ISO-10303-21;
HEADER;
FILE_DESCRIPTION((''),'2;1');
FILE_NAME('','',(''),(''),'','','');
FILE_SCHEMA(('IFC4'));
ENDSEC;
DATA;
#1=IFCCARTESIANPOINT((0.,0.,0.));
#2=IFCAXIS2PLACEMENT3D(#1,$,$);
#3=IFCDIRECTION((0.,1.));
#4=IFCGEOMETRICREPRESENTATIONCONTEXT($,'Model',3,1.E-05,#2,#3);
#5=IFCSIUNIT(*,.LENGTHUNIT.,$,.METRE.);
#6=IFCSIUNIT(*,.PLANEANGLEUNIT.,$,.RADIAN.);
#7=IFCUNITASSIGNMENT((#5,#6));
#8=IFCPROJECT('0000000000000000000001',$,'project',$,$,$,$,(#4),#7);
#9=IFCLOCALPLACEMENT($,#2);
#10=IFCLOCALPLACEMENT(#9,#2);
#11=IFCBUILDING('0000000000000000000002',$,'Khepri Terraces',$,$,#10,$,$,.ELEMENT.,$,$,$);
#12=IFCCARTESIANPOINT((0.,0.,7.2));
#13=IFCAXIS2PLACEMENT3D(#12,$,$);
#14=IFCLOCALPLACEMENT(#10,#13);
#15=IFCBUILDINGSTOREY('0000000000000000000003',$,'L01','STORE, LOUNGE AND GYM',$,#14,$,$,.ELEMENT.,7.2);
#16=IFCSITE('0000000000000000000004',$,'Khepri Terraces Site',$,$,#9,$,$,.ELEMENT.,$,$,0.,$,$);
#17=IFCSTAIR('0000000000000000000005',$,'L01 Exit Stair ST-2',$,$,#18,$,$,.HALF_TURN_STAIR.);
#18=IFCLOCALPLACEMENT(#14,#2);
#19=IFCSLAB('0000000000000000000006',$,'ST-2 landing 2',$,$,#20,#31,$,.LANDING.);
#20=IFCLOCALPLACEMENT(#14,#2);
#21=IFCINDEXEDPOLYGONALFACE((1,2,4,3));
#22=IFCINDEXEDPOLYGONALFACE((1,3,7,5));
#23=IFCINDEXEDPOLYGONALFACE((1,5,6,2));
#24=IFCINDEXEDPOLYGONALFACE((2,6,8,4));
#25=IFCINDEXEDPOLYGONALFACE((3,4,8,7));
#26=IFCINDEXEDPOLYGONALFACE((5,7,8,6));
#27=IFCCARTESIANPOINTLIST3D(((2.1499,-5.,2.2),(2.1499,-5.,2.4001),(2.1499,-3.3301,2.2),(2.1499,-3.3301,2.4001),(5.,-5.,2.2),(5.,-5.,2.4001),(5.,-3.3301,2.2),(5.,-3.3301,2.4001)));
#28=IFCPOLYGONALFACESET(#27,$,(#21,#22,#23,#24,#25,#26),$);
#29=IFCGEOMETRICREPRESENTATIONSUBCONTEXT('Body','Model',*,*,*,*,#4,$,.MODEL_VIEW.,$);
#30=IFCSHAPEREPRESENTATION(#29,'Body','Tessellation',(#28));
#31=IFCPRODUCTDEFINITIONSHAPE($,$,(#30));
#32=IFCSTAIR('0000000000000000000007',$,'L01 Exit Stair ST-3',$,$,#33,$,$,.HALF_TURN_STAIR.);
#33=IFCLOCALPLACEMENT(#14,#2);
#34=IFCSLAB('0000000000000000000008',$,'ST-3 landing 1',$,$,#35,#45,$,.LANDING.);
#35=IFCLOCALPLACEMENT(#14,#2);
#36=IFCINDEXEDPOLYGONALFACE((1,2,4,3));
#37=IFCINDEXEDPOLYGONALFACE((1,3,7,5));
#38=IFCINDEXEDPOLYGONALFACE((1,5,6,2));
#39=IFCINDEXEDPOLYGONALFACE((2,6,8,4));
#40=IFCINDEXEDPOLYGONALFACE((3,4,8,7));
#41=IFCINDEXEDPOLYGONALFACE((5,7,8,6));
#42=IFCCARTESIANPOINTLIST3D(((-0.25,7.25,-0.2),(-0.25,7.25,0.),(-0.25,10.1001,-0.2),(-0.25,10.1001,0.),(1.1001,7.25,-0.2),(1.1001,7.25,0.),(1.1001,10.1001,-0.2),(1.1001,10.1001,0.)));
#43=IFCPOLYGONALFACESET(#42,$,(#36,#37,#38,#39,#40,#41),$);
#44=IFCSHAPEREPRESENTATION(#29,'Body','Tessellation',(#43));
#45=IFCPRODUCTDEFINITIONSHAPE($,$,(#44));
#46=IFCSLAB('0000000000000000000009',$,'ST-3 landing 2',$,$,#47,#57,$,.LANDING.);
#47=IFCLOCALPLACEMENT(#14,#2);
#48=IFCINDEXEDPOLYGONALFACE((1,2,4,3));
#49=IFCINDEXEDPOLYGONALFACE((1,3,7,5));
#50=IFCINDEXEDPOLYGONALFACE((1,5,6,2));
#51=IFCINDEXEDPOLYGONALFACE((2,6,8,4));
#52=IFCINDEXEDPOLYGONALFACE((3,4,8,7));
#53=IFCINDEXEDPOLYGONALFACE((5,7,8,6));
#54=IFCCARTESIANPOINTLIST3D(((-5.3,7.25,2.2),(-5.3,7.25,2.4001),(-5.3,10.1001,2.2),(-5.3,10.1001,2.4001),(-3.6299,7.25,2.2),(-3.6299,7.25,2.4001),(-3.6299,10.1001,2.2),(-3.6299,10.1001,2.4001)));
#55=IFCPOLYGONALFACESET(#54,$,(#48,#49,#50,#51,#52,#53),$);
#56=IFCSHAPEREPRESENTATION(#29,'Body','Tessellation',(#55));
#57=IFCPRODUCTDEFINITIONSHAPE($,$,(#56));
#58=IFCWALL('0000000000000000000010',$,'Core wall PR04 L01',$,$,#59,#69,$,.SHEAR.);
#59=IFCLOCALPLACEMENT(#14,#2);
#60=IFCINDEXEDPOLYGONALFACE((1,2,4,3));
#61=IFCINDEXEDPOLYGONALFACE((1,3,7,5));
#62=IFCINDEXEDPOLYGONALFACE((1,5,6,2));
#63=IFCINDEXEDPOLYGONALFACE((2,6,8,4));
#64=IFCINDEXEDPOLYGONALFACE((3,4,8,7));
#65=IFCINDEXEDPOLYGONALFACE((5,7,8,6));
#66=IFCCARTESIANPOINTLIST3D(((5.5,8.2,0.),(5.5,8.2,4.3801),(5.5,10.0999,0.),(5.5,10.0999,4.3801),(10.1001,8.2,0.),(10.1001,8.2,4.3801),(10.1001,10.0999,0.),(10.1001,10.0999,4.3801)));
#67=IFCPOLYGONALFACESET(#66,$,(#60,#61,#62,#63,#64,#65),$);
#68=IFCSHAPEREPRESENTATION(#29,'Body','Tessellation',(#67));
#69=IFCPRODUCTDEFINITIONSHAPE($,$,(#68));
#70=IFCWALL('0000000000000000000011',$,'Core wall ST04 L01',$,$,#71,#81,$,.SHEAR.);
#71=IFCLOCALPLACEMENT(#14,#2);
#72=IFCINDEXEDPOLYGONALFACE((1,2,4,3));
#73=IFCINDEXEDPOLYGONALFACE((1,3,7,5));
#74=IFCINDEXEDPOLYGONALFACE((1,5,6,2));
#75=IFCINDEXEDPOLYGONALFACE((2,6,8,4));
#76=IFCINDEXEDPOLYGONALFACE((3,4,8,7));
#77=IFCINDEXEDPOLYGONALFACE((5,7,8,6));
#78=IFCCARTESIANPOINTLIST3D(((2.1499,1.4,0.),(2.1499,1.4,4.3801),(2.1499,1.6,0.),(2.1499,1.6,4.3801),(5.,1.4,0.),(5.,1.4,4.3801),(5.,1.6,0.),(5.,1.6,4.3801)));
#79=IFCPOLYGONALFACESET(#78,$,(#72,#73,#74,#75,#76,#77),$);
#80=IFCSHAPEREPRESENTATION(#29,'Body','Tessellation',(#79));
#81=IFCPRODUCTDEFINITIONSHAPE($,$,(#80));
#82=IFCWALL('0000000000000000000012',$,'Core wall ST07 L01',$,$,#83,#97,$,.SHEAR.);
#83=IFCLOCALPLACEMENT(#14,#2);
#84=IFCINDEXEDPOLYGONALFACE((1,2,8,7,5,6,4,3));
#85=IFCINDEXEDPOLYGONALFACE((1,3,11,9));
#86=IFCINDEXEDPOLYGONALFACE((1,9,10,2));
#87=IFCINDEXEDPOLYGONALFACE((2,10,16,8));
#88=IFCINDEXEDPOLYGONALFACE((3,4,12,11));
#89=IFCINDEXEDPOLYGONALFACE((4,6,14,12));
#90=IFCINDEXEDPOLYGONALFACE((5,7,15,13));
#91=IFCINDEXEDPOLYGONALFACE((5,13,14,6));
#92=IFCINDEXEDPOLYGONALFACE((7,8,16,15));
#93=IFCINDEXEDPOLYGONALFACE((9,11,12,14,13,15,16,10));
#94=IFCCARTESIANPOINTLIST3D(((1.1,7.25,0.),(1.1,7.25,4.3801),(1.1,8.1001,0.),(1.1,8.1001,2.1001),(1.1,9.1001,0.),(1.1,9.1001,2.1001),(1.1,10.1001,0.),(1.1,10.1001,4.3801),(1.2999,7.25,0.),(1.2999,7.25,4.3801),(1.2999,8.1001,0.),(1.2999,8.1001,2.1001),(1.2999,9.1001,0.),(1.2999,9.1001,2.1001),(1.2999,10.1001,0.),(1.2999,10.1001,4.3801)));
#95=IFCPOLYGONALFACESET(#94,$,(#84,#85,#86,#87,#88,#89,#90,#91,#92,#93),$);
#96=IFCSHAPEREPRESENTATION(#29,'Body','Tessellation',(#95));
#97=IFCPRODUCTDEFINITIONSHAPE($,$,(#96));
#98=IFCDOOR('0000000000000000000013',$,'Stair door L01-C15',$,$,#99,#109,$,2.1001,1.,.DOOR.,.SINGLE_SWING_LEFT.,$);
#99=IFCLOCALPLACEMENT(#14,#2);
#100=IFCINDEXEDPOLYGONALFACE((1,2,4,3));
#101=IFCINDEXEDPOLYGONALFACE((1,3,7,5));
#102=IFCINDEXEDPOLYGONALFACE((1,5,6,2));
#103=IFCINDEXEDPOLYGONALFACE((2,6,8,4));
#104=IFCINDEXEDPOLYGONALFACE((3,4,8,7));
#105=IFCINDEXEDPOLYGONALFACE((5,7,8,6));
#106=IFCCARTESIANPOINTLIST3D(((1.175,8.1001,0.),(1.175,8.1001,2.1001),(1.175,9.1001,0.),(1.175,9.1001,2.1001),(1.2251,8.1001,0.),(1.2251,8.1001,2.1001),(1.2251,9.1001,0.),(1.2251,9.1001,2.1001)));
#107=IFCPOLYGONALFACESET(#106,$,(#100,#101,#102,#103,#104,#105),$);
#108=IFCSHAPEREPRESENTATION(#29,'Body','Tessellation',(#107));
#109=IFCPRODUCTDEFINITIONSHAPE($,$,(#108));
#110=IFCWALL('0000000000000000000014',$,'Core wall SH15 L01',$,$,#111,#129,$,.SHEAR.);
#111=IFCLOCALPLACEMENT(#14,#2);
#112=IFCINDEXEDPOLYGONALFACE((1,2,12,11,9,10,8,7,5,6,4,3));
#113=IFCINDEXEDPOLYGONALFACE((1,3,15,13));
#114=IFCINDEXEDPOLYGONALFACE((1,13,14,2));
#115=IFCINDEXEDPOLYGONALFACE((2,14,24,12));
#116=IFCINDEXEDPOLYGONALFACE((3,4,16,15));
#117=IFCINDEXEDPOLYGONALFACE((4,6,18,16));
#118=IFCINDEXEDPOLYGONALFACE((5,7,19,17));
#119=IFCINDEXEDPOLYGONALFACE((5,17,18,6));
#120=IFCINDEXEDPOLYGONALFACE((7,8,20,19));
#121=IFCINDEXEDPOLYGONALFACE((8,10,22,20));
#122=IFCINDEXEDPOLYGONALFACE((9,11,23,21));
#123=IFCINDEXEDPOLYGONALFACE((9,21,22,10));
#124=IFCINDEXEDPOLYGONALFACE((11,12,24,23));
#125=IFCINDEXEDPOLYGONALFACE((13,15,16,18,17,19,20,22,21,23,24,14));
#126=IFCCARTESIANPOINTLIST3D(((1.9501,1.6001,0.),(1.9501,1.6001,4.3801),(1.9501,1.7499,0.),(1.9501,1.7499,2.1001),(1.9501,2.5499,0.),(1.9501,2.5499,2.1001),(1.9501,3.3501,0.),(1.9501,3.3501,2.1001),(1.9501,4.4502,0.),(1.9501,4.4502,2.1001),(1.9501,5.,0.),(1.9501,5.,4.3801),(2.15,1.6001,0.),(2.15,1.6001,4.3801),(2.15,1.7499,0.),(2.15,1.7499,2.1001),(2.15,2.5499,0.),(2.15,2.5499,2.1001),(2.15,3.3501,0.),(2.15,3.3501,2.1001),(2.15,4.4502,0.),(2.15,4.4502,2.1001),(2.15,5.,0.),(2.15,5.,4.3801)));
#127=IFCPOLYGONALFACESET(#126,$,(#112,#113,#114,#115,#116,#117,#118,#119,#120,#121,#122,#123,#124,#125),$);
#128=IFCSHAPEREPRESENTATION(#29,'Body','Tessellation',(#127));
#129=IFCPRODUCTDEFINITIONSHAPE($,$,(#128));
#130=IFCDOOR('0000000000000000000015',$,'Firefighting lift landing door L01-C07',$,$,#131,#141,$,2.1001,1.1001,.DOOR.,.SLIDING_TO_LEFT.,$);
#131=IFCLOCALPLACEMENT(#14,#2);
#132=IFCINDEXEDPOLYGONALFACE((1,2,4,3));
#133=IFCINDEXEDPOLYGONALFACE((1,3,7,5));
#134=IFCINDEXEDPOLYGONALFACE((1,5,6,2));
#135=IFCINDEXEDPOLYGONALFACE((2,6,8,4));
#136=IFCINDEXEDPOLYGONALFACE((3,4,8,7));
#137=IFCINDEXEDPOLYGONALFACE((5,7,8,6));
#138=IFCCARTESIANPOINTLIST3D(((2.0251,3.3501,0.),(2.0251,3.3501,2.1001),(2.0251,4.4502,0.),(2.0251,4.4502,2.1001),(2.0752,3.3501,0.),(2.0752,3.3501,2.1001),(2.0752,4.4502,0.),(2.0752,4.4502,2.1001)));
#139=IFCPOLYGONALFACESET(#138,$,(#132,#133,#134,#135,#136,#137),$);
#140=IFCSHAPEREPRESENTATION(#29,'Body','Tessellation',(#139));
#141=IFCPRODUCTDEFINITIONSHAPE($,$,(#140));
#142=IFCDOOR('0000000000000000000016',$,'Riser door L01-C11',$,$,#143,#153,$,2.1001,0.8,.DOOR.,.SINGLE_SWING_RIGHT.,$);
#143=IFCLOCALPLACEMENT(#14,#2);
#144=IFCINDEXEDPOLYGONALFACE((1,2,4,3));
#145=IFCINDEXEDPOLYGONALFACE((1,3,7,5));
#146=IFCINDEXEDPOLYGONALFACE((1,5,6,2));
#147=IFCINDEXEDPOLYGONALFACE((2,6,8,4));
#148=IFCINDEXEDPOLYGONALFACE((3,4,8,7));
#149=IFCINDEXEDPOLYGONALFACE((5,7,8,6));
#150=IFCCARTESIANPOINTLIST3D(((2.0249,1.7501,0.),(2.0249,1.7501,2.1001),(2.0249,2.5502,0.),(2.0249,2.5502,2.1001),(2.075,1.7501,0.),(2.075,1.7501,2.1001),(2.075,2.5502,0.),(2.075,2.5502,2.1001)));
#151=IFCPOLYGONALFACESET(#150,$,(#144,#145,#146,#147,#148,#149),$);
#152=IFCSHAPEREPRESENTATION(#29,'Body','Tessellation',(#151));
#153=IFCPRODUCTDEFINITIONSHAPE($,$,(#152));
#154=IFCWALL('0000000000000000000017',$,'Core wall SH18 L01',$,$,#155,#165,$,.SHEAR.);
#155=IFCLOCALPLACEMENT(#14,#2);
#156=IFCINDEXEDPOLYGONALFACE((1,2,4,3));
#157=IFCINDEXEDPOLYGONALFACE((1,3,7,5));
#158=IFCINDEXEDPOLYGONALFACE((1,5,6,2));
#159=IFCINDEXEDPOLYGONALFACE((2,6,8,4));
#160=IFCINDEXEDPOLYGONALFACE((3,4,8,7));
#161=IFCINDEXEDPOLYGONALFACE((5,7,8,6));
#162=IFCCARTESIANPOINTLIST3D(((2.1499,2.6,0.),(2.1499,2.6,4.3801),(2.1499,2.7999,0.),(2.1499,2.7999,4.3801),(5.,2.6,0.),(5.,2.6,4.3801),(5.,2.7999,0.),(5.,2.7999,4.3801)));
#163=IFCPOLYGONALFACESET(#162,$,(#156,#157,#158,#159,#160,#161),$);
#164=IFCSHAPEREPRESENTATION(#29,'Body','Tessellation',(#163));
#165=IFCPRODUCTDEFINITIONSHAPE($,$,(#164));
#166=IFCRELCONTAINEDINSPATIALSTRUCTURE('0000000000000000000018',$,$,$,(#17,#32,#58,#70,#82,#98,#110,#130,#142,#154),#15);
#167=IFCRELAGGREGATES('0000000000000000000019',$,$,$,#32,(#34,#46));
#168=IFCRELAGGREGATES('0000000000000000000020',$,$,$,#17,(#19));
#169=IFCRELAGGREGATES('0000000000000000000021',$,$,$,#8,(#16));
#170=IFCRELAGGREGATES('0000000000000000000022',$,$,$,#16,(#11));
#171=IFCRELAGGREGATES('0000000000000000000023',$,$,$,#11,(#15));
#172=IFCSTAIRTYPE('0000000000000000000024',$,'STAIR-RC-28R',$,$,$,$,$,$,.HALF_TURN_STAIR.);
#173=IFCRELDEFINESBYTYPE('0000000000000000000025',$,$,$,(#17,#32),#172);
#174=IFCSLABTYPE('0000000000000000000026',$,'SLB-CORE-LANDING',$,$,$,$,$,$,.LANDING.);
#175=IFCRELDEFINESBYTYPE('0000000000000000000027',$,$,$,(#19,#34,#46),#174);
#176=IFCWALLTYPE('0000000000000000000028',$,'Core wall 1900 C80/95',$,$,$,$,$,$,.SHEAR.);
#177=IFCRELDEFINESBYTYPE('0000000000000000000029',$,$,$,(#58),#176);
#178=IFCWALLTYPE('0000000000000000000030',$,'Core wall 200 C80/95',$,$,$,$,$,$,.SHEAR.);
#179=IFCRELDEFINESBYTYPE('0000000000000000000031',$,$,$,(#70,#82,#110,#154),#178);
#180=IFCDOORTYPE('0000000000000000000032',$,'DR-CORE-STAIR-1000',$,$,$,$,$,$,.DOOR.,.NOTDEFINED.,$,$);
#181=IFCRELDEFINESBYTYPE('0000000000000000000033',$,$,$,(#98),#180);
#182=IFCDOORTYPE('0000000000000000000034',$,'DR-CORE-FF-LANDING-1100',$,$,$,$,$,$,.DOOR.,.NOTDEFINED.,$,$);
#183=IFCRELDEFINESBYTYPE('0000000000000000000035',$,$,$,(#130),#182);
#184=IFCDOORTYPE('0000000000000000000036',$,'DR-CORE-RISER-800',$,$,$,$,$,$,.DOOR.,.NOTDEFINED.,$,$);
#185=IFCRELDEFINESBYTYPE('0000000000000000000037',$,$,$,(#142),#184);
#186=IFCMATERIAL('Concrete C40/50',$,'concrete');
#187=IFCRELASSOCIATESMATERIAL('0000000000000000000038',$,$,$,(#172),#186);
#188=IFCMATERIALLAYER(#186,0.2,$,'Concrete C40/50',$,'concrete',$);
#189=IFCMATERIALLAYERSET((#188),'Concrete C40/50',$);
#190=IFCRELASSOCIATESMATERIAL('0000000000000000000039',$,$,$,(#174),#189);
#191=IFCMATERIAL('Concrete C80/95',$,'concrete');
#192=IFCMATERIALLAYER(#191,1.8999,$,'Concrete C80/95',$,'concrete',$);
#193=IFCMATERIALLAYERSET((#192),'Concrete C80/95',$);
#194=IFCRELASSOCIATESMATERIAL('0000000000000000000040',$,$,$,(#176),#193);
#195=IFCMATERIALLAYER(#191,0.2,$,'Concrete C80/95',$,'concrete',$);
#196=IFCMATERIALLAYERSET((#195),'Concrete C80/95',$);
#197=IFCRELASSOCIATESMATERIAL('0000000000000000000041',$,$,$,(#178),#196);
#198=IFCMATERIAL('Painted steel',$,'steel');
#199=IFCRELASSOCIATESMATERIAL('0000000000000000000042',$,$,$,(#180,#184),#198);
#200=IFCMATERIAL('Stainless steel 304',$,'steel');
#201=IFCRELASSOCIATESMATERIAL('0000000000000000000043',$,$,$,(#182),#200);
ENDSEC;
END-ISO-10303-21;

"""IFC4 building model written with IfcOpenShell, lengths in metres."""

from ifc_helpers import new_model, si_unit, direction, frame, frame_2d, origin, place, context, subcontext, project, spatial, polyline, rectangle, outline, extrude, material, layer, layer_set, type_object, element, fill, aggregate, save


model = new_model("IFC4")

# Units and contexts
model_context = context("Model", 3, precision=1e-05, world=origin(), true_north=direction((0.0, 1.0)))
body_context = subcontext(model_context, "Body", "Model", "MODEL_VIEW")
ifc_project = project(units=[si_unit("LENGTHUNIT", "METRE"), si_unit("PLANEANGLEUNIT", "RADIAN")], contexts=[model_context])

# Site, building, storey
site_placement = place(None, origin())
site = spatial("IfcSite", under=ifc_project, at=site_placement, Name="Khepri Terraces Site", CompositionType="ELEMENT", RefElevation=0.0)
building_placement = place(site_placement, origin())
building = spatial("IfcBuilding", under=site, at=building_placement, Name="Khepri Terraces", CompositionType="ELEMENT")
storey_placement = place(building_placement, frame((0.0, 0.0, 7.2)))
storey = spatial("IfcBuildingStorey", under=building, at=storey_placement, Name="L01", Description="STORE, LOUNGE AND GYM", CompositionType="ELEMENT", Elevation=7.2)

# Shared definitions
ifc_material_1 = material(Name="Concrete C40/50", Category="concrete")

# Stairs, slabs
stair_type_1 = type_object("IfcStairType", Name="STAIR-RC-28R", PredefinedType="HALF_TURN_STAIR", material=ifc_material_1)
ifc_layer_1 = layer(ifc_material_1, 0.2, Name="Concrete C40/50", Category="concrete")
ifc_layer_set_1 = layer_set([ifc_layer_1], Name="Concrete C40/50")
slab_type_1 = type_object("IfcSlabType", Name="SLB-CORE-LANDING", PredefinedType="LANDING", material=ifc_layer_set_1)
stair_1_placement = place(storey_placement, origin())
stair_1 = element("IfcStair", 1, at=stair_1_placement, inside=storey, type_object=stair_type_1, Name="L01 Exit Stair ST-2", PredefinedType="HALF_TURN_STAIR")
slab_1_placement = place(storey_placement, frame((0.0, 0.0, 2.2)))
slab_1 = element("IfcSlab", 2, at=slab_1_placement, type_object=slab_type_1, Name="ST-2 landing 2", PredefinedType="LANDING", context=body_context, shape_type="SweptSolid", body=[
    extrude(outline(polyline([(2.1499, -3.3301), (2.1499, -5.0), (5.0, -5.0), (5.0, -3.3301), (2.1499, -3.3301)])), origin(), (0.0, 0.0, 1.0), 0.2002),
])
stair_2_placement = place(storey_placement, origin())
stair_2 = element("IfcStair", 3, at=stair_2_placement, inside=storey, type_object=stair_type_1, Name="L01 Exit Stair ST-3", PredefinedType="HALF_TURN_STAIR")
slab_2_placement = place(storey_placement, frame((0.0, 0.0, -0.2)))
slab_2 = element("IfcSlab", 4, at=slab_2_placement, type_object=slab_type_1, Name="ST-3 landing 1", PredefinedType="LANDING", context=body_context, shape_type="SweptSolid", body=[
    extrude(outline(polyline([(1.1001, 10.1001), (-0.25, 10.1001), (-0.25, 7.25), (1.1001, 7.25), (1.1001, 10.1001)])), origin(), (0.0, 0.0, 1.0), 0.2),
])
slab_3_placement = place(storey_placement, frame((0.0, 0.0, 2.2)))
slab_3 = element("IfcSlab", 5, at=slab_3_placement, type_object=slab_type_1, Name="ST-3 landing 2", PredefinedType="LANDING", context=body_context, shape_type="SweptSolid", body=[
    extrude(outline(polyline([(-3.6299, 10.1001), (-5.3, 10.1001), (-5.3, 7.25), (-3.6299, 7.25), (-3.6299, 10.1001)])), origin(), (0.0, 0.0, 1.0), 0.2002),
])
aggregate(stair_2, [slab_2, slab_3])

# Walls
ifc_material_2 = material(Name="Concrete C80/95", Category="concrete")
ifc_layer_2 = layer(ifc_material_2, 1.8999, Name="Concrete C80/95", Category="concrete")
ifc_layer_set_2 = layer_set([ifc_layer_2], Name="Concrete C80/95")
wall_type_1 = type_object("IfcWallType", Name="Core wall 1900 C80/95", PredefinedType="SHEAR", material=ifc_layer_set_2)
wall_1_placement = place(storey_placement, frame((5.5, 9.1499, 0.0), z_axis=(0.0, 0.0, 1.0), x_axis=(1.0, 0.0, 0.0)))
element("IfcWall", 6, at=wall_1_placement, inside=storey, type_object=wall_type_1, Name="Core wall PR04 L01", PredefinedType="SHEAR", context=body_context, shape_type="SweptSolid", body=[
    extrude(rectangle(XDim=4.6001, YDim=1.8999, at=frame_2d((2.3, 0.0))), origin(), (0.0, 0.0, 1.0), 4.3801),
])
ifc_layer_3 = layer(ifc_material_2, 0.2, Name="Concrete C80/95", Category="concrete")
ifc_layer_set_3 = layer_set([ifc_layer_3], Name="Concrete C80/95")
wall_type_2 = type_object("IfcWallType", Name="Core wall 200 C80/95", PredefinedType="SHEAR", material=ifc_layer_set_3)
wall_2_placement = place(storey_placement, frame((2.1499, 1.5, 0.0), z_axis=(0.0, 0.0, 1.0), x_axis=(1.0, 0.0, 0.0)))
element("IfcWall", 7, at=wall_2_placement, inside=storey, type_object=wall_type_2, Name="Core wall ST04 L01", PredefinedType="SHEAR", context=body_context, shape_type="SweptSolid", body=[
    extrude(rectangle(XDim=2.8501, YDim=0.2, at=frame_2d((1.425, 0.0))), origin(), (0.0, 0.0, 1.0), 4.3801),
])

# Wall, opening, door
wall_3_placement = place(storey_placement, frame((1.2, 7.25, 0.0), z_axis=(0.0, 0.0, 1.0), x_axis=(0.0, 1.0, 0.0)))
wall_3 = element("IfcWall", 8, at=wall_3_placement, inside=storey, type_object=wall_type_2, Name="Core wall ST07 L01", PredefinedType="SHEAR", context=body_context, shape_type="SweptSolid", body=[
    extrude(rectangle(XDim=2.8501, YDim=0.2, at=frame_2d((1.425, 0.0))), origin(), (0.0, 0.0, 1.0), 4.3801),
])
opening_1_placement = place(wall_3_placement, frame((0.8501, 0.0, 0.0)))
opening_1 = element("IfcOpeningElement", 9, at=opening_1_placement, cuts=wall_3, PredefinedType="OPENING", context=body_context, shape_type="SweptSolid", body=[
    extrude(rectangle(XDim=1.0, YDim=2.1001, at=frame_2d((0.5, 1.05))), frame((0.0, 0.1099, 0.0), z_axis=(0.0, -1.0, 0.0), x_axis=(1.0, 0.0, 0.0)), (0.0, 0.0, 1.0), 0.22),
])
ifc_material_3 = material(Name="Painted steel", Category="steel")
door_type_1 = type_object("IfcDoorType", Name="DR-CORE-STAIR-1000", OperationType="NOTDEFINED", PredefinedType="DOOR", material=ifc_material_3)
door_1_placement = place(opening_1_placement, origin())
door_1 = element("IfcDoor", 10, at=door_1_placement, inside=storey, type_object=door_type_1, Name="Stair door L01-C15", OperationType="SINGLE_SWING_LEFT", OverallHeight=2.1001, OverallWidth=1.0, PredefinedType="DOOR", context=body_context, shape_type="SweptSolid", body=[
    extrude(rectangle(XDim=1.0, YDim=2.1001, at=frame_2d((0.5, 1.05))), frame((0.0, 0.0249, 0.0), z_axis=(0.0, -1.0, 0.0), x_axis=(1.0, 0.0, 0.0)), (0.0, 0.0, 1.0), 0.05),
])
fill(opening_1, door_1)

# Wall, openings, doors
wall_4_placement = place(storey_placement, frame((2.05, 1.6001, 0.0), z_axis=(0.0, 0.0, 1.0), x_axis=(0.0, 1.0, 0.0)))
wall_4 = element("IfcWall", 11, at=wall_4_placement, inside=storey, type_object=wall_type_2, Name="Core wall SH15 L01", PredefinedType="SHEAR", context=body_context, shape_type="SweptSolid", body=[
    extrude(rectangle(XDim=3.3999, YDim=0.2, at=frame_2d((1.7, 0.0))), origin(), (0.0, 0.0, 1.0), 4.3801),
])
opening_2_placement = place(wall_4_placement, frame((1.75, 0.0, 0.0)))
opening_2 = element("IfcOpeningElement", 12, at=opening_2_placement, cuts=wall_4, PredefinedType="OPENING", context=body_context, shape_type="SweptSolid", body=[
    extrude(rectangle(XDim=1.1001, YDim=2.1001, at=frame_2d((0.55, 1.05))), frame((0.0, 0.1099, 0.0), z_axis=(0.0, -1.0, 0.0), x_axis=(1.0, 0.0, 0.0)), (0.0, 0.0, 1.0), 0.22),
])
opening_3_placement = place(wall_4_placement, frame((0.1499, 0.0, 0.0)))
opening_3 = element("IfcOpeningElement", 13, at=opening_3_placement, cuts=wall_4, PredefinedType="OPENING", context=body_context, shape_type="SweptSolid", body=[
    extrude(rectangle(XDim=0.8, YDim=2.1001, at=frame_2d((0.3999, 1.05))), frame((0.0, 0.1099, 0.0), z_axis=(0.0, -1.0, 0.0), x_axis=(1.0, 0.0, 0.0)), (0.0, 0.0, 1.0), 0.22),
])
ifc_material_4 = material(Name="Stainless steel 304", Category="steel")
door_type_2 = type_object("IfcDoorType", Name="DR-CORE-FF-LANDING-1100", OperationType="NOTDEFINED", PredefinedType="DOOR", material=ifc_material_4)
door_2_placement = place(opening_2_placement, origin())
door_2 = element("IfcDoor", 14, at=door_2_placement, inside=storey, type_object=door_type_2, Name="Firefighting lift landing door L01-C07", OperationType="SLIDING_TO_LEFT", OverallHeight=2.1001, OverallWidth=1.1001, PredefinedType="DOOR", context=body_context, shape_type="SweptSolid", body=[
    extrude(rectangle(XDim=1.1001, YDim=2.1001, at=frame_2d((0.55, 1.05))), frame((0.0, 0.0249, 0.0), z_axis=(0.0, -1.0, 0.0), x_axis=(1.0, 0.0, 0.0)), (0.0, 0.0, 1.0), 0.05),
])
fill(opening_2, door_2)
door_type_3 = type_object("IfcDoorType", Name="DR-CORE-RISER-800", OperationType="NOTDEFINED", PredefinedType="DOOR", material=ifc_material_3)
door_3_placement = place(opening_3_placement, frame((0.8, 0.0, 0.0), z_axis=(0.0, 0.0, 1.0), x_axis=(-1.0, 0.0, 0.0)))
door_3 = element("IfcDoor", 15, at=door_3_placement, inside=storey, type_object=door_type_3, Name="Riser door L01-C11", OperationType="SINGLE_SWING_RIGHT", OverallHeight=2.1001, OverallWidth=0.8, PredefinedType="DOOR", context=body_context, shape_type="SweptSolid", body=[
    extrude(rectangle(XDim=0.8, YDim=2.1001, at=frame_2d((0.3999, 1.05))), frame((0.0, 0.0249, 0.0), z_axis=(0.0, -1.0, 0.0), x_axis=(1.0, 0.0, 0.0)), (0.0, 0.0, 1.0), 0.05),
])
fill(opening_3, door_3)

# Wall
wall_5_placement = place(storey_placement, frame((2.1499, 2.7, 0.0), z_axis=(0.0, 0.0, 1.0), x_axis=(1.0, 0.0, 0.0)))
element("IfcWall", 16, at=wall_5_placement, inside=storey, type_object=wall_type_2, Name="Core wall SH18 L01", PredefinedType="SHEAR", context=body_context, shape_type="SweptSolid", body=[
    extrude(rectangle(XDim=2.8501, YDim=0.2, at=frame_2d((1.425, 0.0))), origin(), (0.0, 0.0, 1.0), 4.3801),
])

aggregate(stair_1, [slab_1])

save(model, "model.ifc")
